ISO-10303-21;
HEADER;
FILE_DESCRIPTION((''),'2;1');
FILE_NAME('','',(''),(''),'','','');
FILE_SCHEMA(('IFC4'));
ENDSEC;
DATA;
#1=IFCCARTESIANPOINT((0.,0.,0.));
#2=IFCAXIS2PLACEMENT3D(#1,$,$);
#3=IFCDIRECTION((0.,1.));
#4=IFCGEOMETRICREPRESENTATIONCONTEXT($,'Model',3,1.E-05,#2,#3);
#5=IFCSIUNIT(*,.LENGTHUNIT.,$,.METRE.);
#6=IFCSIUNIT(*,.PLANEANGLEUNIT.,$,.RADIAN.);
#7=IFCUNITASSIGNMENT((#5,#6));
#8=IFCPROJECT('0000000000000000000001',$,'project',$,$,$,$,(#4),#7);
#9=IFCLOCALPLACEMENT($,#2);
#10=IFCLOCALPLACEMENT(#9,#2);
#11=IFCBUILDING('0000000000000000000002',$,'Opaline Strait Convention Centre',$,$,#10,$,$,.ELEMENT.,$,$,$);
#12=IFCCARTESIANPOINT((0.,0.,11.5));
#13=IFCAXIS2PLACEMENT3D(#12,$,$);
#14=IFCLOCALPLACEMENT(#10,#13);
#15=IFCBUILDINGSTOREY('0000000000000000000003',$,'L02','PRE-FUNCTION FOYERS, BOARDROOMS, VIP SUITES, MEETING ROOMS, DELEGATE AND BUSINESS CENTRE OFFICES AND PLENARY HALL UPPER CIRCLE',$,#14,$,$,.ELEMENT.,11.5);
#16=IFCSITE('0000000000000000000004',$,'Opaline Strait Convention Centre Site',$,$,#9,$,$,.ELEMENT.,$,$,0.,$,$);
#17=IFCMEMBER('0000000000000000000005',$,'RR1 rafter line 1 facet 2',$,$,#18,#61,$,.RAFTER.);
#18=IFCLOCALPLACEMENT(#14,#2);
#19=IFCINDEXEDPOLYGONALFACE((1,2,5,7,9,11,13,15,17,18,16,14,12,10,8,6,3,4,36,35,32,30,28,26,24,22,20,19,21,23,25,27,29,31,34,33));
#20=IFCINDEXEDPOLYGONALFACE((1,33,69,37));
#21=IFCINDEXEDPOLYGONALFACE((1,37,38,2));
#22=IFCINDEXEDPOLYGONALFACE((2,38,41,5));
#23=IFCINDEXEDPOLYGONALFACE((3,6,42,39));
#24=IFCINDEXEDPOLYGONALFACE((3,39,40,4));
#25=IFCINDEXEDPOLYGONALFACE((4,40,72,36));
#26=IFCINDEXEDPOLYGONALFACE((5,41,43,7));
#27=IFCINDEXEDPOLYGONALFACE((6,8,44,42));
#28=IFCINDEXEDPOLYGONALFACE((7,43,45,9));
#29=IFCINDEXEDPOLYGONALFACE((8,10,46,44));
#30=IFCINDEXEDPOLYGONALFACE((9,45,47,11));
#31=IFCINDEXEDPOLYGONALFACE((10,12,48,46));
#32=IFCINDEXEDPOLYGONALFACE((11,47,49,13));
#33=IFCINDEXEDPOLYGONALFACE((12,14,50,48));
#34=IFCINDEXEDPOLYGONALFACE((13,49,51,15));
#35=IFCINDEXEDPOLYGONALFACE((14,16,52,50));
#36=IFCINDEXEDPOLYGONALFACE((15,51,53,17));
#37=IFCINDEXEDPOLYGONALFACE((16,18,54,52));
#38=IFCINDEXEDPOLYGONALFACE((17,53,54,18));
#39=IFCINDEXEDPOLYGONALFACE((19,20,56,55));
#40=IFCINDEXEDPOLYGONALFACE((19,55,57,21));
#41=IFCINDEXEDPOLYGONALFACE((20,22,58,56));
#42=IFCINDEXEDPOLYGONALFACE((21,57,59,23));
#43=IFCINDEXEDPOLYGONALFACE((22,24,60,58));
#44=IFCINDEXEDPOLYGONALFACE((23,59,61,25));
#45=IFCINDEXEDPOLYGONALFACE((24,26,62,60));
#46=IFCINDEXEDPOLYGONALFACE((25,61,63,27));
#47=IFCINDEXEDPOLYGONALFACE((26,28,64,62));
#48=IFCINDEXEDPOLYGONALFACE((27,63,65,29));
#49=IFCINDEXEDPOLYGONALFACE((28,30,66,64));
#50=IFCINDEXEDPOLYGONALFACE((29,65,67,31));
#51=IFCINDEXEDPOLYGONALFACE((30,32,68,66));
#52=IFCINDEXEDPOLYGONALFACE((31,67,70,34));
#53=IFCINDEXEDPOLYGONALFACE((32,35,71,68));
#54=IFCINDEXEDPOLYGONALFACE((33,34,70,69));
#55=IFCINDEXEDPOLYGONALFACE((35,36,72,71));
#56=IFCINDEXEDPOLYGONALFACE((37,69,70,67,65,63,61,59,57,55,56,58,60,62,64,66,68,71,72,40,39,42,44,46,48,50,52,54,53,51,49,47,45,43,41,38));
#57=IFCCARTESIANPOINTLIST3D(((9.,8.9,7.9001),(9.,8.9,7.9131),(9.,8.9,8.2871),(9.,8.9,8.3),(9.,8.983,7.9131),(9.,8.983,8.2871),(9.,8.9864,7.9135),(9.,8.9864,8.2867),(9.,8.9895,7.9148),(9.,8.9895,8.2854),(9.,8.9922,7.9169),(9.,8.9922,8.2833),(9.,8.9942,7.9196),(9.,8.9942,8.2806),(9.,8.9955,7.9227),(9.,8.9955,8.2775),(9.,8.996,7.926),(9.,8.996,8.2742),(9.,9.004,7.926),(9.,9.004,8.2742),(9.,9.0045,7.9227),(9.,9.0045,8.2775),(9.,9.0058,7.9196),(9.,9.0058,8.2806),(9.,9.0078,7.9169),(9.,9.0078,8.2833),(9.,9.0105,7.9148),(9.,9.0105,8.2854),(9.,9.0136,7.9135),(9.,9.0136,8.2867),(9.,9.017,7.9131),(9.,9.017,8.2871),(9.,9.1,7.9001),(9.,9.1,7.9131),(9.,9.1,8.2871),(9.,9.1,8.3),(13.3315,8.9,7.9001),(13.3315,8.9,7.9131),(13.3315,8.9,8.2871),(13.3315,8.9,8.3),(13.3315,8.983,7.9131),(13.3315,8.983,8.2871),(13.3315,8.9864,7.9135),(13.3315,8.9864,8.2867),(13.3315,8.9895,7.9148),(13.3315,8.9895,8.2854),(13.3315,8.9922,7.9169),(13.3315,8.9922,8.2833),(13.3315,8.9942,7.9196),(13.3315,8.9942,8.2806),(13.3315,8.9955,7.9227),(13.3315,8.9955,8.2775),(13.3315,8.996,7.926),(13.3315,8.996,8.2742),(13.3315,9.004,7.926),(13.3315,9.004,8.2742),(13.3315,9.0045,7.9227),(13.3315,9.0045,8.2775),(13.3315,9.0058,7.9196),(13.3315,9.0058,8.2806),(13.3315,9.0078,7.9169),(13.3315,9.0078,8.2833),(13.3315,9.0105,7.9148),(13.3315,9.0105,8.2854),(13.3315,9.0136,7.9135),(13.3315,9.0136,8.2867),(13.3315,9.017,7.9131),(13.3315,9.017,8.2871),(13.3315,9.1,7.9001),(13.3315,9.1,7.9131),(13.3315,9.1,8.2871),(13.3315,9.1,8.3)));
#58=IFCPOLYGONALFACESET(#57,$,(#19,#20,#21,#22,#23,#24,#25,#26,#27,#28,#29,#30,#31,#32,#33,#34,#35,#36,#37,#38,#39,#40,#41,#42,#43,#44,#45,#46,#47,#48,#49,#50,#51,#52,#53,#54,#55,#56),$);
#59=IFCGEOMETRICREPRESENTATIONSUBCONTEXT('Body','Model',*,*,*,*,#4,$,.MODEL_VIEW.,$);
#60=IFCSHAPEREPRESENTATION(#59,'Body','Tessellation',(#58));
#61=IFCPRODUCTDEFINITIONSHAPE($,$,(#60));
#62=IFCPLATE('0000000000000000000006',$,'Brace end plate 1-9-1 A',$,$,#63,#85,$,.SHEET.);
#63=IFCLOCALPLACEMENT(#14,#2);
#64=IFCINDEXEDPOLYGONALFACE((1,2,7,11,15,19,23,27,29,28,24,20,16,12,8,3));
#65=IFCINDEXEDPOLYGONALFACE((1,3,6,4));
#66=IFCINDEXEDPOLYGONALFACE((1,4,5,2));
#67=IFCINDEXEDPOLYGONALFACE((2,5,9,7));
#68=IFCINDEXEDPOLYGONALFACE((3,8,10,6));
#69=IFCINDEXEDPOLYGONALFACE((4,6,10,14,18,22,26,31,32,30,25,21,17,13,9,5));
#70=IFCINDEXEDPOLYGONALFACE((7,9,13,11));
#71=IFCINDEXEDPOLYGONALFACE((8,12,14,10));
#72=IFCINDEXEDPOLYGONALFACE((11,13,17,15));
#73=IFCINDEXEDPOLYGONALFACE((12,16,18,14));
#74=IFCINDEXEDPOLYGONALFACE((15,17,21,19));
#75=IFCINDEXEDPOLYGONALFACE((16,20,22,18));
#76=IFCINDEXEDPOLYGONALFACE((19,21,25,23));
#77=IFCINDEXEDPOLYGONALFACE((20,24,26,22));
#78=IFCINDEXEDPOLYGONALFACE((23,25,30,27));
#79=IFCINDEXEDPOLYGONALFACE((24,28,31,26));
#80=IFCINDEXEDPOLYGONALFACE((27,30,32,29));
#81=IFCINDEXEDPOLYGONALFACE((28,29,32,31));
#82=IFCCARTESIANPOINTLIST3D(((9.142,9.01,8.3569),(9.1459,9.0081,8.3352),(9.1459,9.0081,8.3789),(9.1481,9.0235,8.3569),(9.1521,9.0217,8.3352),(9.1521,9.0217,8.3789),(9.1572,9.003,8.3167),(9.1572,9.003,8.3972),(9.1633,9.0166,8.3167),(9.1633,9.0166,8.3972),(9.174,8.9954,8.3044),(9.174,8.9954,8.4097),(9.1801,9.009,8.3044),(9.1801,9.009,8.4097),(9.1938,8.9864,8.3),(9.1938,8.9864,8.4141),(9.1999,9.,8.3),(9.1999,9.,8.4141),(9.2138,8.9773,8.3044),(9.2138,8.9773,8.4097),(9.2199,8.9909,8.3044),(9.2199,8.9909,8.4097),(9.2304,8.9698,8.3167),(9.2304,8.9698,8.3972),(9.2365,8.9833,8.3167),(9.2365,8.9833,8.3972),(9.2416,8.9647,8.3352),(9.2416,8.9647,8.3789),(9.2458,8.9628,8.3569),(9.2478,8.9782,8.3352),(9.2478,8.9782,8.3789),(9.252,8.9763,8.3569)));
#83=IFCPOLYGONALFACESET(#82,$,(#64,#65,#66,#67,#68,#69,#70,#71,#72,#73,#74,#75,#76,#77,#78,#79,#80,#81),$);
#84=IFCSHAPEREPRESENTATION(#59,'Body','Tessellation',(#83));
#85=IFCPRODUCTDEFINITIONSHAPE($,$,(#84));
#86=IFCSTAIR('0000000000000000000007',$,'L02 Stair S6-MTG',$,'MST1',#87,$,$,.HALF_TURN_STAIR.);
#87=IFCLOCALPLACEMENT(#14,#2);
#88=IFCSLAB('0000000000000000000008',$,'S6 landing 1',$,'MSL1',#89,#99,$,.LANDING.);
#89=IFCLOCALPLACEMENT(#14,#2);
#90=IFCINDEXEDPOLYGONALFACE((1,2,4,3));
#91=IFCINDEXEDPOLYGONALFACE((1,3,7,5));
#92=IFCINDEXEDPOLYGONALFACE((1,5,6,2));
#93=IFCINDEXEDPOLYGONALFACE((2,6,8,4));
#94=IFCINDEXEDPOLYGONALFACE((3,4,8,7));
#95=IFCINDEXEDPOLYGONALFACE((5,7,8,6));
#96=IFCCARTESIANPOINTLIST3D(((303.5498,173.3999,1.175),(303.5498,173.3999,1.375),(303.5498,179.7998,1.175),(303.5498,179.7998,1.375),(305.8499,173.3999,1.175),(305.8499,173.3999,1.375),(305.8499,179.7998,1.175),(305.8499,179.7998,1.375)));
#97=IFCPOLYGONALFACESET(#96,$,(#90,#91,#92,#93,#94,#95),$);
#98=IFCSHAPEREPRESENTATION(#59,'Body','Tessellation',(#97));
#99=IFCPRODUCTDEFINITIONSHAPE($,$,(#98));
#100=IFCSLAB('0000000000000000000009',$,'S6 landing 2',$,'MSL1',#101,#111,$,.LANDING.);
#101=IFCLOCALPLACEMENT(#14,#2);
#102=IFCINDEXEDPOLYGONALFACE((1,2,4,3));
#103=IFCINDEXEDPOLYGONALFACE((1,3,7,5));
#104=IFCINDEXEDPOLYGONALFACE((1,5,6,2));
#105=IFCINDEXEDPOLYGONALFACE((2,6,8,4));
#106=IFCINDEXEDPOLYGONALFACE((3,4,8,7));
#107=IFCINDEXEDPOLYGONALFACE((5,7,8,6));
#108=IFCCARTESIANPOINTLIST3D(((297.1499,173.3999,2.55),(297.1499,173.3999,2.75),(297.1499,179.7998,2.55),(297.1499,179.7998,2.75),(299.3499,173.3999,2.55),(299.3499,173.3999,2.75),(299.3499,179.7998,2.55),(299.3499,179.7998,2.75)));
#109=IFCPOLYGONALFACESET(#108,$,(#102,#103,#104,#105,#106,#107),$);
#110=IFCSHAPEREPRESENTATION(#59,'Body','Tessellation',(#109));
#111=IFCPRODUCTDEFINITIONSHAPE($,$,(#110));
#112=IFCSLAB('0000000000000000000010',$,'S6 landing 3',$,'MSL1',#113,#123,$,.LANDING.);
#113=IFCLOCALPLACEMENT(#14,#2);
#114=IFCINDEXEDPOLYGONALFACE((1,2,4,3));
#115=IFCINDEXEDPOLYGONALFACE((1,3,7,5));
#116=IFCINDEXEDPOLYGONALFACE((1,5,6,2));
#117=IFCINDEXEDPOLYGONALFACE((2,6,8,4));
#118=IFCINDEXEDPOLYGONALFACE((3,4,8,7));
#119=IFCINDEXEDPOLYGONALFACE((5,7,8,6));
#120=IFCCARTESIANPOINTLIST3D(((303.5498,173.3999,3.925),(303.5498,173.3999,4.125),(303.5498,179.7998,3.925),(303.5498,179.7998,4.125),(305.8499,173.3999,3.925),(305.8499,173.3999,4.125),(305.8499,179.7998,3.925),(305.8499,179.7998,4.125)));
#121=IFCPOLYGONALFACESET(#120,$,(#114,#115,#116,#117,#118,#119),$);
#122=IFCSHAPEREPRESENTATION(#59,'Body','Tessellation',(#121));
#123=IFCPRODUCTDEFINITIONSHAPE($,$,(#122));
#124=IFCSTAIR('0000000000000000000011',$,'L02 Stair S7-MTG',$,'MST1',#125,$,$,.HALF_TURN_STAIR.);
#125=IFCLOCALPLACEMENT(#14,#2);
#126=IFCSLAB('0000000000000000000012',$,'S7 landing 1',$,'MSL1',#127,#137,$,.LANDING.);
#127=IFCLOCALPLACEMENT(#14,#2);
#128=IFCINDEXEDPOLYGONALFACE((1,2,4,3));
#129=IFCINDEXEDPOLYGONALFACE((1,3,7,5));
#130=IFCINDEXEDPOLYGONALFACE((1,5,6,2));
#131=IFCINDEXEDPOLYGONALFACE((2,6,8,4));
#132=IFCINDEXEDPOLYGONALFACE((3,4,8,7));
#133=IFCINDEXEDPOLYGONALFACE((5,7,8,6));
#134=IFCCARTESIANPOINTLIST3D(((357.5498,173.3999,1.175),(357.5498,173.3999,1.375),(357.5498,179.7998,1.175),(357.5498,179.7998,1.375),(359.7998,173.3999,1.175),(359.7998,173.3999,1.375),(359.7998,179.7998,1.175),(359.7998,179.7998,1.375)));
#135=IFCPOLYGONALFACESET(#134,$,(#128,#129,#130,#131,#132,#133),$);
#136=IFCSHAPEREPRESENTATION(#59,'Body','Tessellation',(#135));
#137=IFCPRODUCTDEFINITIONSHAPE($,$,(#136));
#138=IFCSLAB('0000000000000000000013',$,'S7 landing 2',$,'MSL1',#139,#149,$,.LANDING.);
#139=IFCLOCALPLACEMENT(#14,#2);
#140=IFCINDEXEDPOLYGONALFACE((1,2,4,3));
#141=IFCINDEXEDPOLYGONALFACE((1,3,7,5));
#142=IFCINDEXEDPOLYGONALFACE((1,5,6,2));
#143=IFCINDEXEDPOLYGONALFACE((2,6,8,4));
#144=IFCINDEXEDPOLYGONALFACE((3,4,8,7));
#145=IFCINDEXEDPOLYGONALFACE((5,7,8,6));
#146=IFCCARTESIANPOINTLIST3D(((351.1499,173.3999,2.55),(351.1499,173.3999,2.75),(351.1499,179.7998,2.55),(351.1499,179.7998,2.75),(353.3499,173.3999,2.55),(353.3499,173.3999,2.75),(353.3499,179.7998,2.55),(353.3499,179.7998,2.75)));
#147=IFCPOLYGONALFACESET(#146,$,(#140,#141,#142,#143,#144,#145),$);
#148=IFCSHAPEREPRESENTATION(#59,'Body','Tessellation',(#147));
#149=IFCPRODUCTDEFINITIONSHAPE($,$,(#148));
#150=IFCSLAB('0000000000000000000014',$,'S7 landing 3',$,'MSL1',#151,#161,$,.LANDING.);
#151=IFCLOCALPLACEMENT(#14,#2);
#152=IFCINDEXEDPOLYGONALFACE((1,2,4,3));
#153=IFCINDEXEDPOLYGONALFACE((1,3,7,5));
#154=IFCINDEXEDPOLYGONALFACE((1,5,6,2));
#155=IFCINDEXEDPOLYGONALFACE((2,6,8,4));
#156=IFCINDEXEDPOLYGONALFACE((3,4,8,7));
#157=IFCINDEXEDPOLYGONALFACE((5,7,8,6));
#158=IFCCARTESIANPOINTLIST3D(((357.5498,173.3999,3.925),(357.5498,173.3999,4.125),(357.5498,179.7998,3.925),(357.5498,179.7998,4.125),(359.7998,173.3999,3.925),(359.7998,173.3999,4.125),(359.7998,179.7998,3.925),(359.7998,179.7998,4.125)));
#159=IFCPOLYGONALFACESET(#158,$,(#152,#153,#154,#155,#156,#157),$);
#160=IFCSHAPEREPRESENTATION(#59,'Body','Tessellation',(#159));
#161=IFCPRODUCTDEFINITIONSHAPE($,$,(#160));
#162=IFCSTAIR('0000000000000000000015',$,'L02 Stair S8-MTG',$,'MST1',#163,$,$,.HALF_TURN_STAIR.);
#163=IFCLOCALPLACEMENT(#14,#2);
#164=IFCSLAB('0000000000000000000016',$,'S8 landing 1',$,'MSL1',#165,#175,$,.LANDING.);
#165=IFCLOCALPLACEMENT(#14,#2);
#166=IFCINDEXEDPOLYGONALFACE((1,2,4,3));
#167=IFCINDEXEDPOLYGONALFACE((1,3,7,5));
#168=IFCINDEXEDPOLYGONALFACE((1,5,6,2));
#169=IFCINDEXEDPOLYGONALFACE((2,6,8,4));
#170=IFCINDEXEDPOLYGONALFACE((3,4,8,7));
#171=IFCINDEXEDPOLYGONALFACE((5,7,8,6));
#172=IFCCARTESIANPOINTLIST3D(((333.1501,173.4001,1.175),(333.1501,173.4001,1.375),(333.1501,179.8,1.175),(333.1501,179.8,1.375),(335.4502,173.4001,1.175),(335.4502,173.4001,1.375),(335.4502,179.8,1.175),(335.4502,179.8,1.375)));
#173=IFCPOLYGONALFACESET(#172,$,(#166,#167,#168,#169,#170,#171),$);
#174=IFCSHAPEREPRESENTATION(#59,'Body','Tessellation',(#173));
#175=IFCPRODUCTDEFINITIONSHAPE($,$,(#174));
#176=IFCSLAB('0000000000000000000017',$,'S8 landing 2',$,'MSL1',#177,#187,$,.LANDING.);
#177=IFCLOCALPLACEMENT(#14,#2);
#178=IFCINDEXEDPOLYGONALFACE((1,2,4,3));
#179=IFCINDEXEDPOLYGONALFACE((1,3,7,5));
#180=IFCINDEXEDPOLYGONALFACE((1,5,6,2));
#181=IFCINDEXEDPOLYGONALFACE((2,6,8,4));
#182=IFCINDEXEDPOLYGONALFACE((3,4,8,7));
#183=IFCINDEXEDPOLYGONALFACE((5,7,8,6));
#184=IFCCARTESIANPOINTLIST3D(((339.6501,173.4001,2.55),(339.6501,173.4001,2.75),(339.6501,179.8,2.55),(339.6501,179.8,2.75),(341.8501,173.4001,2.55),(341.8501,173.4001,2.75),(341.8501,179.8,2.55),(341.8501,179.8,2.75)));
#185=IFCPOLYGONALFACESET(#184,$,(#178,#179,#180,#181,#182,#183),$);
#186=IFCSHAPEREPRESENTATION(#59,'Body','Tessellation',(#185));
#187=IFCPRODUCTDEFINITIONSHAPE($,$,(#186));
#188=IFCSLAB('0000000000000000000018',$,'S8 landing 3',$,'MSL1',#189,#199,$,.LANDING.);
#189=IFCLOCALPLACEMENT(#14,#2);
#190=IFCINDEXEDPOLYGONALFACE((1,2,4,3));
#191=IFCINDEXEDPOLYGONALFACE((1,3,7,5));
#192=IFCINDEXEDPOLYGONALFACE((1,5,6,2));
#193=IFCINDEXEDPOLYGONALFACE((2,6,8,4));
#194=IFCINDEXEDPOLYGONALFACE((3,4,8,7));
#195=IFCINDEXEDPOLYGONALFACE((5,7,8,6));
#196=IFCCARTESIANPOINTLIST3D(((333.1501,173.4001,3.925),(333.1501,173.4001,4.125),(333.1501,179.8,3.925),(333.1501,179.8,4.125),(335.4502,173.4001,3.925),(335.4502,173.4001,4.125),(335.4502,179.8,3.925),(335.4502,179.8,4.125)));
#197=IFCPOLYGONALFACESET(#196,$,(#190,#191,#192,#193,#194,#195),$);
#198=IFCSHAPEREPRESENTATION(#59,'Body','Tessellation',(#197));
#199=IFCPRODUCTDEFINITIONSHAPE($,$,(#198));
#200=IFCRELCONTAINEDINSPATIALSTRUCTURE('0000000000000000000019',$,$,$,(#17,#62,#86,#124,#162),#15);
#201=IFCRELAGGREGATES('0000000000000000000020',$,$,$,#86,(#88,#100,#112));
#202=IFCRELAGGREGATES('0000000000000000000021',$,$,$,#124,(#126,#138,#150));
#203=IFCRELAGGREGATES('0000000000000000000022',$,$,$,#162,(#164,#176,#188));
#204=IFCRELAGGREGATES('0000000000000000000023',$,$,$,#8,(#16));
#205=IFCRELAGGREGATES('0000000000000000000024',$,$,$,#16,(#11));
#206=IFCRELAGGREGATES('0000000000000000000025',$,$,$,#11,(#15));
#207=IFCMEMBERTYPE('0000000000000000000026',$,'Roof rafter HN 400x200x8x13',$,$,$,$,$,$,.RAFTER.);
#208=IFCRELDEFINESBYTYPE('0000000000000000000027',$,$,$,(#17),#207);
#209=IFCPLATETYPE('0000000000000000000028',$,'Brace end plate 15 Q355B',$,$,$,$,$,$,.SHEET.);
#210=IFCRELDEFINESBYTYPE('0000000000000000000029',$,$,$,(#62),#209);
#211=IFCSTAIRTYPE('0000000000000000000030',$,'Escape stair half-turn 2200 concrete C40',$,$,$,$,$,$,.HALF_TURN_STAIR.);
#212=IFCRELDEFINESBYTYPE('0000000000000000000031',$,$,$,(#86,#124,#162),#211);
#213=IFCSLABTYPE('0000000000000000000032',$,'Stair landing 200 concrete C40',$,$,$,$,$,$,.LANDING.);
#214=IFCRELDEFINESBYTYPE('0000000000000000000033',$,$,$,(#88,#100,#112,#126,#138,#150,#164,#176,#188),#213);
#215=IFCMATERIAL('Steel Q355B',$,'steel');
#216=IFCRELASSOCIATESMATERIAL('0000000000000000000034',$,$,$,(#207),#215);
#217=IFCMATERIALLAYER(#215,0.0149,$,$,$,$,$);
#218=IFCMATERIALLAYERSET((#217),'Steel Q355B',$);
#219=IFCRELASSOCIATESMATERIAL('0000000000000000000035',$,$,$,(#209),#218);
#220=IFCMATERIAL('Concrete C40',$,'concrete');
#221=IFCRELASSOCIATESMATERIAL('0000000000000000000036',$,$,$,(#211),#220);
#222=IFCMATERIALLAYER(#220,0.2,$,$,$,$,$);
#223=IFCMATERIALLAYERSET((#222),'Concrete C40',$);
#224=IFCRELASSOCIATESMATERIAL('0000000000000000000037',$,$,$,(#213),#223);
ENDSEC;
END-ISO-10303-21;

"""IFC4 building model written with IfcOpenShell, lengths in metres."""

from ifc_helpers import new_model, si_unit, direction, frame, origin, origin_2d, place, context, subcontext, project, spatial, polyline, i_section, outline, extrude, material, layer, layer_set, material_profile, profile_set, type_object, element, aggregate, save


model = new_model("IFC4")

# Units and contexts
model_context = context("Model", 3, precision=1e-05, world=origin(), true_north=direction((0.0, 1.0)))
body_context = subcontext(model_context, "Body", "Model", "MODEL_VIEW")
ifc_project = project(units=[si_unit("LENGTHUNIT", "METRE"), si_unit("PLANEANGLEUNIT", "RADIAN")], contexts=[model_context])

# Site, building, storey
site_placement = place(None, origin())
site = spatial("IfcSite", under=ifc_project, at=site_placement, Name="Opaline Strait Convention Centre Site", CompositionType="ELEMENT", RefElevation=0.0)
building_placement = place(site_placement, origin())
building = spatial("IfcBuilding", under=site, at=building_placement, Name="Opaline Strait Convention Centre", CompositionType="ELEMENT")
storey_placement = place(building_placement, frame((0.0, 0.0, 11.5)))
storey = spatial("IfcBuildingStorey", under=building, at=storey_placement, Name="L02", Description="PRE-FUNCTION FOYERS, BOARDROOMS, VIP SUITES, MEETING ROOMS, DELEGATE AND BUSINESS CENTRE OFFICES AND PLENARY HALL UPPER CIRCLE", CompositionType="ELEMENT", Elevation=11.5)

# Shared definitions
ifc_material_1 = material(Name="Concrete C40", Category="concrete")

# Shared definitions
ifc_material_2 = material(Name="Steel Q355B", Category="steel")

# Member
ifc_material_profile_1 = material_profile(ifc_material_2, i_section(OverallWidth=0.2, OverallDepth=0.3999, WebThickness=0.0081, FlangeThickness=0.0129, FilletRadius=0.0129, at=origin_2d()), Name="HN 400x200x8x13")
ifc_profile_set_1 = profile_set([ifc_material_profile_1], Name="Steel Q355B")
member_type_1 = type_object("IfcMemberType", Name="Roof rafter HN 400x200x8x13", PredefinedType="RAFTER", material=ifc_profile_set_1)
member_1_placement = place(storey_placement, frame((9.0, 9.0, 8.1001), z_axis=(1.0, 0.0, 0.0), x_axis=(0.0, 1.0, 0.0)))
element("IfcMember", 1, at=member_1_placement, inside=storey, type_object=member_type_1, Name="RR1 rafter line 1 facet 2", PredefinedType="RAFTER", context=body_context, shape_type="SweptSolid", body=[
    extrude(i_section(OverallWidth=0.2, OverallDepth=0.3999, WebThickness=0.0081, FlangeThickness=0.0129, FilletRadius=0.0129, at=origin_2d()), origin(), (0.0, 0.0, 1.0), 4.3315),
])

# Plate
ifc_layer_1 = layer(ifc_material_2, 0.0149)
ifc_layer_set_1 = layer_set([ifc_layer_1], Name="Steel Q355B")
plate_type = type_object("IfcPlateType", Name="Brace end plate 15 Q355B", PredefinedType="SHEET", material=ifc_layer_set_1)
plate_placement = place(storey_placement, frame((9.252, 8.9763, 8.3569), z_axis=(0.413759, 0.910386, 0.0), x_axis=(-0.188026, 0.085456, -0.978439)))
element("IfcPlate", 2, at=plate_placement, inside=storey, type_object=plate_type, Name="Brace end plate 1-9-1 A", PredefinedType="SHEET", context=body_context, shape_type="SweptSolid", body=[
    extrude(outline(polyline([(0.0, 0.0), (0.0222, 0.0), (0.0429, 0.0082), (0.0586, 0.0236), (0.0675, 0.0442), (0.0677, 0.0663), (0.0595, 0.0869), (0.0439, 0.1028), (0.0236, 0.1116), (0.0012, 0.1119), (-0.0193, 0.1036), (-0.0353, 0.0881), (-0.0441, 0.0677), (-0.0443, 0.0453), (-0.0359, 0.0249), (-0.0206, 0.009), (0.0, 0.0)])), origin(), (0.0, 0.0, -1.0), 0.0149),
])

# Stairs, slabs
stair_type = type_object("IfcStairType", Name="Escape stair half-turn 2200 concrete C40", PredefinedType="HALF_TURN_STAIR", material=ifc_material_1)
stair_1_placement = place(storey_placement, origin())
stair_1 = element("IfcStair", 3, at=stair_1_placement, inside=storey, type_object=stair_type, Name="L02 Stair S6-MTG", ObjectType="MST1", PredefinedType="HALF_TURN_STAIR")
ifc_layer_2 = layer(ifc_material_1, 0.2)
ifc_layer_set_2 = layer_set([ifc_layer_2], Name="Concrete C40")
slab_type = type_object("IfcSlabType", Name="Stair landing 200 concrete C40", PredefinedType="LANDING", material=ifc_layer_set_2)
slab_1_placement = place(storey_placement, frame((0.0, 0.0, 1.175)))
slab_1 = element("IfcSlab", 4, at=slab_1_placement, type_object=slab_type, Name="S6 landing 1", ObjectType="MSL1", PredefinedType="LANDING", context=body_context, shape_type="SweptSolid", body=[
    extrude(outline(polyline([(303.5498, 173.3999), (305.8499, 173.3999), (305.8499, 179.7998), (303.5498, 179.7998), (303.5498, 173.3999)])), origin(), (0.0, 0.0, 1.0), 0.2),
])
slab_2_placement = place(storey_placement, frame((0.0, 0.0, 2.55)))
slab_2 = element("IfcSlab", 5, at=slab_2_placement, type_object=slab_type, Name="S6 landing 2", ObjectType="MSL1", PredefinedType="LANDING", context=body_context, shape_type="SweptSolid", body=[
    extrude(outline(polyline([(297.1499, 173.3999), (299.3499, 173.3999), (299.3499, 179.7998), (297.1499, 179.7998), (297.1499, 173.3999)])), origin(), (0.0, 0.0, 1.0), 0.2),
])
slab_3_placement = place(storey_placement, frame((0.0, 0.0, 3.925)))
slab_3 = element("IfcSlab", 6, at=slab_3_placement, type_object=slab_type, Name="S6 landing 3", ObjectType="MSL1", PredefinedType="LANDING", context=body_context, shape_type="SweptSolid", body=[
    extrude(outline(polyline([(303.5498, 173.3999), (305.8499, 173.3999), (305.8499, 179.7998), (303.5498, 179.7998), (303.5498, 173.3999)])), origin(), (0.0, 0.0, 1.0), 0.2),
])
aggregate(stair_1, [slab_1, slab_2, slab_3])
stair_2_placement = place(storey_placement, origin())
stair_2 = element("IfcStair", 7, at=stair_2_placement, inside=storey, type_object=stair_type, Name="L02 Stair S7-MTG", ObjectType="MST1", PredefinedType="HALF_TURN_STAIR")
slab_4_placement = place(storey_placement, frame((0.0, 0.0, 1.175)))
slab_4 = element("IfcSlab", 8, at=slab_4_placement, type_object=slab_type, Name="S7 landing 1", ObjectType="MSL1", PredefinedType="LANDING", context=body_context, shape_type="SweptSolid", body=[
    extrude(outline(polyline([(357.5498, 173.3999), (359.7998, 173.3999), (359.7998, 179.7998), (357.5498, 179.7998), (357.5498, 173.3999)])), origin(), (0.0, 0.0, 1.0), 0.2),
])
slab_5_placement = place(storey_placement, frame((0.0, 0.0, 2.55)))
slab_5 = element("IfcSlab", 9, at=slab_5_placement, type_object=slab_type, Name="S7 landing 2", ObjectType="MSL1", PredefinedType="LANDING", context=body_context, shape_type="SweptSolid", body=[
    extrude(outline(polyline([(351.1499, 173.3999), (353.3499, 173.3999), (353.3499, 179.7998), (351.1499, 179.7998), (351.1499, 173.3999)])), origin(), (0.0, 0.0, 1.0), 0.2),
])
slab_6_placement = place(storey_placement, frame((0.0, 0.0, 3.925)))
slab_6 = element("IfcSlab", 10, at=slab_6_placement, type_object=slab_type, Name="S7 landing 3", ObjectType="MSL1", PredefinedType="LANDING", context=body_context, shape_type="SweptSolid", body=[
    extrude(outline(polyline([(357.5498, 173.3999), (359.7998, 173.3999), (359.7998, 179.7998), (357.5498, 179.7998), (357.5498, 173.3999)])), origin(), (0.0, 0.0, 1.0), 0.2),
])
aggregate(stair_2, [slab_4, slab_5, slab_6])
stair_3_placement = place(storey_placement, origin())
stair_3 = element("IfcStair", 11, at=stair_3_placement, inside=storey, type_object=stair_type, Name="L02 Stair S8-MTG", ObjectType="MST1", PredefinedType="HALF_TURN_STAIR")
slab_7_placement = place(storey_placement, frame((0.0, 0.0, 1.175)))
slab_7 = element("IfcSlab", 12, at=slab_7_placement, type_object=slab_type, Name="S8 landing 1", ObjectType="MSL1", PredefinedType="LANDING", context=body_context, shape_type="SweptSolid", body=[
    extrude(outline(polyline([(335.4502, 179.8), (333.1501, 179.8), (333.1501, 173.4001), (335.4502, 173.4001), (335.4502, 179.8)])), origin(), (0.0, 0.0, 1.0), 0.2),
])
slab_8_placement = place(storey_placement, frame((0.0, 0.0, 2.55)))
slab_8 = element("IfcSlab", 13, at=slab_8_placement, type_object=slab_type, Name="S8 landing 2", ObjectType="MSL1", PredefinedType="LANDING", context=body_context, shape_type="SweptSolid", body=[
    extrude(outline(polyline([(341.8501, 179.8), (339.6501, 179.8), (339.6501, 173.4001), (341.8501, 173.4001), (341.8501, 179.8)])), origin(), (0.0, 0.0, 1.0), 0.2),
])
slab_9_placement = place(storey_placement, frame((0.0, 0.0, 3.925)))
slab_9 = element("IfcSlab", 14, at=slab_9_placement, type_object=slab_type, Name="S8 landing 3", ObjectType="MSL1", PredefinedType="LANDING", context=body_context, shape_type="SweptSolid", body=[
    extrude(outline(polyline([(335.4502, 179.8), (333.1501, 179.8), (333.1501, 173.4001), (335.4502, 173.4001), (335.4502, 179.8)])), origin(), (0.0, 0.0, 1.0), 0.2),
])
aggregate(stair_3, [slab_7, slab_8, slab_9])

save(model, "model.ifc")
